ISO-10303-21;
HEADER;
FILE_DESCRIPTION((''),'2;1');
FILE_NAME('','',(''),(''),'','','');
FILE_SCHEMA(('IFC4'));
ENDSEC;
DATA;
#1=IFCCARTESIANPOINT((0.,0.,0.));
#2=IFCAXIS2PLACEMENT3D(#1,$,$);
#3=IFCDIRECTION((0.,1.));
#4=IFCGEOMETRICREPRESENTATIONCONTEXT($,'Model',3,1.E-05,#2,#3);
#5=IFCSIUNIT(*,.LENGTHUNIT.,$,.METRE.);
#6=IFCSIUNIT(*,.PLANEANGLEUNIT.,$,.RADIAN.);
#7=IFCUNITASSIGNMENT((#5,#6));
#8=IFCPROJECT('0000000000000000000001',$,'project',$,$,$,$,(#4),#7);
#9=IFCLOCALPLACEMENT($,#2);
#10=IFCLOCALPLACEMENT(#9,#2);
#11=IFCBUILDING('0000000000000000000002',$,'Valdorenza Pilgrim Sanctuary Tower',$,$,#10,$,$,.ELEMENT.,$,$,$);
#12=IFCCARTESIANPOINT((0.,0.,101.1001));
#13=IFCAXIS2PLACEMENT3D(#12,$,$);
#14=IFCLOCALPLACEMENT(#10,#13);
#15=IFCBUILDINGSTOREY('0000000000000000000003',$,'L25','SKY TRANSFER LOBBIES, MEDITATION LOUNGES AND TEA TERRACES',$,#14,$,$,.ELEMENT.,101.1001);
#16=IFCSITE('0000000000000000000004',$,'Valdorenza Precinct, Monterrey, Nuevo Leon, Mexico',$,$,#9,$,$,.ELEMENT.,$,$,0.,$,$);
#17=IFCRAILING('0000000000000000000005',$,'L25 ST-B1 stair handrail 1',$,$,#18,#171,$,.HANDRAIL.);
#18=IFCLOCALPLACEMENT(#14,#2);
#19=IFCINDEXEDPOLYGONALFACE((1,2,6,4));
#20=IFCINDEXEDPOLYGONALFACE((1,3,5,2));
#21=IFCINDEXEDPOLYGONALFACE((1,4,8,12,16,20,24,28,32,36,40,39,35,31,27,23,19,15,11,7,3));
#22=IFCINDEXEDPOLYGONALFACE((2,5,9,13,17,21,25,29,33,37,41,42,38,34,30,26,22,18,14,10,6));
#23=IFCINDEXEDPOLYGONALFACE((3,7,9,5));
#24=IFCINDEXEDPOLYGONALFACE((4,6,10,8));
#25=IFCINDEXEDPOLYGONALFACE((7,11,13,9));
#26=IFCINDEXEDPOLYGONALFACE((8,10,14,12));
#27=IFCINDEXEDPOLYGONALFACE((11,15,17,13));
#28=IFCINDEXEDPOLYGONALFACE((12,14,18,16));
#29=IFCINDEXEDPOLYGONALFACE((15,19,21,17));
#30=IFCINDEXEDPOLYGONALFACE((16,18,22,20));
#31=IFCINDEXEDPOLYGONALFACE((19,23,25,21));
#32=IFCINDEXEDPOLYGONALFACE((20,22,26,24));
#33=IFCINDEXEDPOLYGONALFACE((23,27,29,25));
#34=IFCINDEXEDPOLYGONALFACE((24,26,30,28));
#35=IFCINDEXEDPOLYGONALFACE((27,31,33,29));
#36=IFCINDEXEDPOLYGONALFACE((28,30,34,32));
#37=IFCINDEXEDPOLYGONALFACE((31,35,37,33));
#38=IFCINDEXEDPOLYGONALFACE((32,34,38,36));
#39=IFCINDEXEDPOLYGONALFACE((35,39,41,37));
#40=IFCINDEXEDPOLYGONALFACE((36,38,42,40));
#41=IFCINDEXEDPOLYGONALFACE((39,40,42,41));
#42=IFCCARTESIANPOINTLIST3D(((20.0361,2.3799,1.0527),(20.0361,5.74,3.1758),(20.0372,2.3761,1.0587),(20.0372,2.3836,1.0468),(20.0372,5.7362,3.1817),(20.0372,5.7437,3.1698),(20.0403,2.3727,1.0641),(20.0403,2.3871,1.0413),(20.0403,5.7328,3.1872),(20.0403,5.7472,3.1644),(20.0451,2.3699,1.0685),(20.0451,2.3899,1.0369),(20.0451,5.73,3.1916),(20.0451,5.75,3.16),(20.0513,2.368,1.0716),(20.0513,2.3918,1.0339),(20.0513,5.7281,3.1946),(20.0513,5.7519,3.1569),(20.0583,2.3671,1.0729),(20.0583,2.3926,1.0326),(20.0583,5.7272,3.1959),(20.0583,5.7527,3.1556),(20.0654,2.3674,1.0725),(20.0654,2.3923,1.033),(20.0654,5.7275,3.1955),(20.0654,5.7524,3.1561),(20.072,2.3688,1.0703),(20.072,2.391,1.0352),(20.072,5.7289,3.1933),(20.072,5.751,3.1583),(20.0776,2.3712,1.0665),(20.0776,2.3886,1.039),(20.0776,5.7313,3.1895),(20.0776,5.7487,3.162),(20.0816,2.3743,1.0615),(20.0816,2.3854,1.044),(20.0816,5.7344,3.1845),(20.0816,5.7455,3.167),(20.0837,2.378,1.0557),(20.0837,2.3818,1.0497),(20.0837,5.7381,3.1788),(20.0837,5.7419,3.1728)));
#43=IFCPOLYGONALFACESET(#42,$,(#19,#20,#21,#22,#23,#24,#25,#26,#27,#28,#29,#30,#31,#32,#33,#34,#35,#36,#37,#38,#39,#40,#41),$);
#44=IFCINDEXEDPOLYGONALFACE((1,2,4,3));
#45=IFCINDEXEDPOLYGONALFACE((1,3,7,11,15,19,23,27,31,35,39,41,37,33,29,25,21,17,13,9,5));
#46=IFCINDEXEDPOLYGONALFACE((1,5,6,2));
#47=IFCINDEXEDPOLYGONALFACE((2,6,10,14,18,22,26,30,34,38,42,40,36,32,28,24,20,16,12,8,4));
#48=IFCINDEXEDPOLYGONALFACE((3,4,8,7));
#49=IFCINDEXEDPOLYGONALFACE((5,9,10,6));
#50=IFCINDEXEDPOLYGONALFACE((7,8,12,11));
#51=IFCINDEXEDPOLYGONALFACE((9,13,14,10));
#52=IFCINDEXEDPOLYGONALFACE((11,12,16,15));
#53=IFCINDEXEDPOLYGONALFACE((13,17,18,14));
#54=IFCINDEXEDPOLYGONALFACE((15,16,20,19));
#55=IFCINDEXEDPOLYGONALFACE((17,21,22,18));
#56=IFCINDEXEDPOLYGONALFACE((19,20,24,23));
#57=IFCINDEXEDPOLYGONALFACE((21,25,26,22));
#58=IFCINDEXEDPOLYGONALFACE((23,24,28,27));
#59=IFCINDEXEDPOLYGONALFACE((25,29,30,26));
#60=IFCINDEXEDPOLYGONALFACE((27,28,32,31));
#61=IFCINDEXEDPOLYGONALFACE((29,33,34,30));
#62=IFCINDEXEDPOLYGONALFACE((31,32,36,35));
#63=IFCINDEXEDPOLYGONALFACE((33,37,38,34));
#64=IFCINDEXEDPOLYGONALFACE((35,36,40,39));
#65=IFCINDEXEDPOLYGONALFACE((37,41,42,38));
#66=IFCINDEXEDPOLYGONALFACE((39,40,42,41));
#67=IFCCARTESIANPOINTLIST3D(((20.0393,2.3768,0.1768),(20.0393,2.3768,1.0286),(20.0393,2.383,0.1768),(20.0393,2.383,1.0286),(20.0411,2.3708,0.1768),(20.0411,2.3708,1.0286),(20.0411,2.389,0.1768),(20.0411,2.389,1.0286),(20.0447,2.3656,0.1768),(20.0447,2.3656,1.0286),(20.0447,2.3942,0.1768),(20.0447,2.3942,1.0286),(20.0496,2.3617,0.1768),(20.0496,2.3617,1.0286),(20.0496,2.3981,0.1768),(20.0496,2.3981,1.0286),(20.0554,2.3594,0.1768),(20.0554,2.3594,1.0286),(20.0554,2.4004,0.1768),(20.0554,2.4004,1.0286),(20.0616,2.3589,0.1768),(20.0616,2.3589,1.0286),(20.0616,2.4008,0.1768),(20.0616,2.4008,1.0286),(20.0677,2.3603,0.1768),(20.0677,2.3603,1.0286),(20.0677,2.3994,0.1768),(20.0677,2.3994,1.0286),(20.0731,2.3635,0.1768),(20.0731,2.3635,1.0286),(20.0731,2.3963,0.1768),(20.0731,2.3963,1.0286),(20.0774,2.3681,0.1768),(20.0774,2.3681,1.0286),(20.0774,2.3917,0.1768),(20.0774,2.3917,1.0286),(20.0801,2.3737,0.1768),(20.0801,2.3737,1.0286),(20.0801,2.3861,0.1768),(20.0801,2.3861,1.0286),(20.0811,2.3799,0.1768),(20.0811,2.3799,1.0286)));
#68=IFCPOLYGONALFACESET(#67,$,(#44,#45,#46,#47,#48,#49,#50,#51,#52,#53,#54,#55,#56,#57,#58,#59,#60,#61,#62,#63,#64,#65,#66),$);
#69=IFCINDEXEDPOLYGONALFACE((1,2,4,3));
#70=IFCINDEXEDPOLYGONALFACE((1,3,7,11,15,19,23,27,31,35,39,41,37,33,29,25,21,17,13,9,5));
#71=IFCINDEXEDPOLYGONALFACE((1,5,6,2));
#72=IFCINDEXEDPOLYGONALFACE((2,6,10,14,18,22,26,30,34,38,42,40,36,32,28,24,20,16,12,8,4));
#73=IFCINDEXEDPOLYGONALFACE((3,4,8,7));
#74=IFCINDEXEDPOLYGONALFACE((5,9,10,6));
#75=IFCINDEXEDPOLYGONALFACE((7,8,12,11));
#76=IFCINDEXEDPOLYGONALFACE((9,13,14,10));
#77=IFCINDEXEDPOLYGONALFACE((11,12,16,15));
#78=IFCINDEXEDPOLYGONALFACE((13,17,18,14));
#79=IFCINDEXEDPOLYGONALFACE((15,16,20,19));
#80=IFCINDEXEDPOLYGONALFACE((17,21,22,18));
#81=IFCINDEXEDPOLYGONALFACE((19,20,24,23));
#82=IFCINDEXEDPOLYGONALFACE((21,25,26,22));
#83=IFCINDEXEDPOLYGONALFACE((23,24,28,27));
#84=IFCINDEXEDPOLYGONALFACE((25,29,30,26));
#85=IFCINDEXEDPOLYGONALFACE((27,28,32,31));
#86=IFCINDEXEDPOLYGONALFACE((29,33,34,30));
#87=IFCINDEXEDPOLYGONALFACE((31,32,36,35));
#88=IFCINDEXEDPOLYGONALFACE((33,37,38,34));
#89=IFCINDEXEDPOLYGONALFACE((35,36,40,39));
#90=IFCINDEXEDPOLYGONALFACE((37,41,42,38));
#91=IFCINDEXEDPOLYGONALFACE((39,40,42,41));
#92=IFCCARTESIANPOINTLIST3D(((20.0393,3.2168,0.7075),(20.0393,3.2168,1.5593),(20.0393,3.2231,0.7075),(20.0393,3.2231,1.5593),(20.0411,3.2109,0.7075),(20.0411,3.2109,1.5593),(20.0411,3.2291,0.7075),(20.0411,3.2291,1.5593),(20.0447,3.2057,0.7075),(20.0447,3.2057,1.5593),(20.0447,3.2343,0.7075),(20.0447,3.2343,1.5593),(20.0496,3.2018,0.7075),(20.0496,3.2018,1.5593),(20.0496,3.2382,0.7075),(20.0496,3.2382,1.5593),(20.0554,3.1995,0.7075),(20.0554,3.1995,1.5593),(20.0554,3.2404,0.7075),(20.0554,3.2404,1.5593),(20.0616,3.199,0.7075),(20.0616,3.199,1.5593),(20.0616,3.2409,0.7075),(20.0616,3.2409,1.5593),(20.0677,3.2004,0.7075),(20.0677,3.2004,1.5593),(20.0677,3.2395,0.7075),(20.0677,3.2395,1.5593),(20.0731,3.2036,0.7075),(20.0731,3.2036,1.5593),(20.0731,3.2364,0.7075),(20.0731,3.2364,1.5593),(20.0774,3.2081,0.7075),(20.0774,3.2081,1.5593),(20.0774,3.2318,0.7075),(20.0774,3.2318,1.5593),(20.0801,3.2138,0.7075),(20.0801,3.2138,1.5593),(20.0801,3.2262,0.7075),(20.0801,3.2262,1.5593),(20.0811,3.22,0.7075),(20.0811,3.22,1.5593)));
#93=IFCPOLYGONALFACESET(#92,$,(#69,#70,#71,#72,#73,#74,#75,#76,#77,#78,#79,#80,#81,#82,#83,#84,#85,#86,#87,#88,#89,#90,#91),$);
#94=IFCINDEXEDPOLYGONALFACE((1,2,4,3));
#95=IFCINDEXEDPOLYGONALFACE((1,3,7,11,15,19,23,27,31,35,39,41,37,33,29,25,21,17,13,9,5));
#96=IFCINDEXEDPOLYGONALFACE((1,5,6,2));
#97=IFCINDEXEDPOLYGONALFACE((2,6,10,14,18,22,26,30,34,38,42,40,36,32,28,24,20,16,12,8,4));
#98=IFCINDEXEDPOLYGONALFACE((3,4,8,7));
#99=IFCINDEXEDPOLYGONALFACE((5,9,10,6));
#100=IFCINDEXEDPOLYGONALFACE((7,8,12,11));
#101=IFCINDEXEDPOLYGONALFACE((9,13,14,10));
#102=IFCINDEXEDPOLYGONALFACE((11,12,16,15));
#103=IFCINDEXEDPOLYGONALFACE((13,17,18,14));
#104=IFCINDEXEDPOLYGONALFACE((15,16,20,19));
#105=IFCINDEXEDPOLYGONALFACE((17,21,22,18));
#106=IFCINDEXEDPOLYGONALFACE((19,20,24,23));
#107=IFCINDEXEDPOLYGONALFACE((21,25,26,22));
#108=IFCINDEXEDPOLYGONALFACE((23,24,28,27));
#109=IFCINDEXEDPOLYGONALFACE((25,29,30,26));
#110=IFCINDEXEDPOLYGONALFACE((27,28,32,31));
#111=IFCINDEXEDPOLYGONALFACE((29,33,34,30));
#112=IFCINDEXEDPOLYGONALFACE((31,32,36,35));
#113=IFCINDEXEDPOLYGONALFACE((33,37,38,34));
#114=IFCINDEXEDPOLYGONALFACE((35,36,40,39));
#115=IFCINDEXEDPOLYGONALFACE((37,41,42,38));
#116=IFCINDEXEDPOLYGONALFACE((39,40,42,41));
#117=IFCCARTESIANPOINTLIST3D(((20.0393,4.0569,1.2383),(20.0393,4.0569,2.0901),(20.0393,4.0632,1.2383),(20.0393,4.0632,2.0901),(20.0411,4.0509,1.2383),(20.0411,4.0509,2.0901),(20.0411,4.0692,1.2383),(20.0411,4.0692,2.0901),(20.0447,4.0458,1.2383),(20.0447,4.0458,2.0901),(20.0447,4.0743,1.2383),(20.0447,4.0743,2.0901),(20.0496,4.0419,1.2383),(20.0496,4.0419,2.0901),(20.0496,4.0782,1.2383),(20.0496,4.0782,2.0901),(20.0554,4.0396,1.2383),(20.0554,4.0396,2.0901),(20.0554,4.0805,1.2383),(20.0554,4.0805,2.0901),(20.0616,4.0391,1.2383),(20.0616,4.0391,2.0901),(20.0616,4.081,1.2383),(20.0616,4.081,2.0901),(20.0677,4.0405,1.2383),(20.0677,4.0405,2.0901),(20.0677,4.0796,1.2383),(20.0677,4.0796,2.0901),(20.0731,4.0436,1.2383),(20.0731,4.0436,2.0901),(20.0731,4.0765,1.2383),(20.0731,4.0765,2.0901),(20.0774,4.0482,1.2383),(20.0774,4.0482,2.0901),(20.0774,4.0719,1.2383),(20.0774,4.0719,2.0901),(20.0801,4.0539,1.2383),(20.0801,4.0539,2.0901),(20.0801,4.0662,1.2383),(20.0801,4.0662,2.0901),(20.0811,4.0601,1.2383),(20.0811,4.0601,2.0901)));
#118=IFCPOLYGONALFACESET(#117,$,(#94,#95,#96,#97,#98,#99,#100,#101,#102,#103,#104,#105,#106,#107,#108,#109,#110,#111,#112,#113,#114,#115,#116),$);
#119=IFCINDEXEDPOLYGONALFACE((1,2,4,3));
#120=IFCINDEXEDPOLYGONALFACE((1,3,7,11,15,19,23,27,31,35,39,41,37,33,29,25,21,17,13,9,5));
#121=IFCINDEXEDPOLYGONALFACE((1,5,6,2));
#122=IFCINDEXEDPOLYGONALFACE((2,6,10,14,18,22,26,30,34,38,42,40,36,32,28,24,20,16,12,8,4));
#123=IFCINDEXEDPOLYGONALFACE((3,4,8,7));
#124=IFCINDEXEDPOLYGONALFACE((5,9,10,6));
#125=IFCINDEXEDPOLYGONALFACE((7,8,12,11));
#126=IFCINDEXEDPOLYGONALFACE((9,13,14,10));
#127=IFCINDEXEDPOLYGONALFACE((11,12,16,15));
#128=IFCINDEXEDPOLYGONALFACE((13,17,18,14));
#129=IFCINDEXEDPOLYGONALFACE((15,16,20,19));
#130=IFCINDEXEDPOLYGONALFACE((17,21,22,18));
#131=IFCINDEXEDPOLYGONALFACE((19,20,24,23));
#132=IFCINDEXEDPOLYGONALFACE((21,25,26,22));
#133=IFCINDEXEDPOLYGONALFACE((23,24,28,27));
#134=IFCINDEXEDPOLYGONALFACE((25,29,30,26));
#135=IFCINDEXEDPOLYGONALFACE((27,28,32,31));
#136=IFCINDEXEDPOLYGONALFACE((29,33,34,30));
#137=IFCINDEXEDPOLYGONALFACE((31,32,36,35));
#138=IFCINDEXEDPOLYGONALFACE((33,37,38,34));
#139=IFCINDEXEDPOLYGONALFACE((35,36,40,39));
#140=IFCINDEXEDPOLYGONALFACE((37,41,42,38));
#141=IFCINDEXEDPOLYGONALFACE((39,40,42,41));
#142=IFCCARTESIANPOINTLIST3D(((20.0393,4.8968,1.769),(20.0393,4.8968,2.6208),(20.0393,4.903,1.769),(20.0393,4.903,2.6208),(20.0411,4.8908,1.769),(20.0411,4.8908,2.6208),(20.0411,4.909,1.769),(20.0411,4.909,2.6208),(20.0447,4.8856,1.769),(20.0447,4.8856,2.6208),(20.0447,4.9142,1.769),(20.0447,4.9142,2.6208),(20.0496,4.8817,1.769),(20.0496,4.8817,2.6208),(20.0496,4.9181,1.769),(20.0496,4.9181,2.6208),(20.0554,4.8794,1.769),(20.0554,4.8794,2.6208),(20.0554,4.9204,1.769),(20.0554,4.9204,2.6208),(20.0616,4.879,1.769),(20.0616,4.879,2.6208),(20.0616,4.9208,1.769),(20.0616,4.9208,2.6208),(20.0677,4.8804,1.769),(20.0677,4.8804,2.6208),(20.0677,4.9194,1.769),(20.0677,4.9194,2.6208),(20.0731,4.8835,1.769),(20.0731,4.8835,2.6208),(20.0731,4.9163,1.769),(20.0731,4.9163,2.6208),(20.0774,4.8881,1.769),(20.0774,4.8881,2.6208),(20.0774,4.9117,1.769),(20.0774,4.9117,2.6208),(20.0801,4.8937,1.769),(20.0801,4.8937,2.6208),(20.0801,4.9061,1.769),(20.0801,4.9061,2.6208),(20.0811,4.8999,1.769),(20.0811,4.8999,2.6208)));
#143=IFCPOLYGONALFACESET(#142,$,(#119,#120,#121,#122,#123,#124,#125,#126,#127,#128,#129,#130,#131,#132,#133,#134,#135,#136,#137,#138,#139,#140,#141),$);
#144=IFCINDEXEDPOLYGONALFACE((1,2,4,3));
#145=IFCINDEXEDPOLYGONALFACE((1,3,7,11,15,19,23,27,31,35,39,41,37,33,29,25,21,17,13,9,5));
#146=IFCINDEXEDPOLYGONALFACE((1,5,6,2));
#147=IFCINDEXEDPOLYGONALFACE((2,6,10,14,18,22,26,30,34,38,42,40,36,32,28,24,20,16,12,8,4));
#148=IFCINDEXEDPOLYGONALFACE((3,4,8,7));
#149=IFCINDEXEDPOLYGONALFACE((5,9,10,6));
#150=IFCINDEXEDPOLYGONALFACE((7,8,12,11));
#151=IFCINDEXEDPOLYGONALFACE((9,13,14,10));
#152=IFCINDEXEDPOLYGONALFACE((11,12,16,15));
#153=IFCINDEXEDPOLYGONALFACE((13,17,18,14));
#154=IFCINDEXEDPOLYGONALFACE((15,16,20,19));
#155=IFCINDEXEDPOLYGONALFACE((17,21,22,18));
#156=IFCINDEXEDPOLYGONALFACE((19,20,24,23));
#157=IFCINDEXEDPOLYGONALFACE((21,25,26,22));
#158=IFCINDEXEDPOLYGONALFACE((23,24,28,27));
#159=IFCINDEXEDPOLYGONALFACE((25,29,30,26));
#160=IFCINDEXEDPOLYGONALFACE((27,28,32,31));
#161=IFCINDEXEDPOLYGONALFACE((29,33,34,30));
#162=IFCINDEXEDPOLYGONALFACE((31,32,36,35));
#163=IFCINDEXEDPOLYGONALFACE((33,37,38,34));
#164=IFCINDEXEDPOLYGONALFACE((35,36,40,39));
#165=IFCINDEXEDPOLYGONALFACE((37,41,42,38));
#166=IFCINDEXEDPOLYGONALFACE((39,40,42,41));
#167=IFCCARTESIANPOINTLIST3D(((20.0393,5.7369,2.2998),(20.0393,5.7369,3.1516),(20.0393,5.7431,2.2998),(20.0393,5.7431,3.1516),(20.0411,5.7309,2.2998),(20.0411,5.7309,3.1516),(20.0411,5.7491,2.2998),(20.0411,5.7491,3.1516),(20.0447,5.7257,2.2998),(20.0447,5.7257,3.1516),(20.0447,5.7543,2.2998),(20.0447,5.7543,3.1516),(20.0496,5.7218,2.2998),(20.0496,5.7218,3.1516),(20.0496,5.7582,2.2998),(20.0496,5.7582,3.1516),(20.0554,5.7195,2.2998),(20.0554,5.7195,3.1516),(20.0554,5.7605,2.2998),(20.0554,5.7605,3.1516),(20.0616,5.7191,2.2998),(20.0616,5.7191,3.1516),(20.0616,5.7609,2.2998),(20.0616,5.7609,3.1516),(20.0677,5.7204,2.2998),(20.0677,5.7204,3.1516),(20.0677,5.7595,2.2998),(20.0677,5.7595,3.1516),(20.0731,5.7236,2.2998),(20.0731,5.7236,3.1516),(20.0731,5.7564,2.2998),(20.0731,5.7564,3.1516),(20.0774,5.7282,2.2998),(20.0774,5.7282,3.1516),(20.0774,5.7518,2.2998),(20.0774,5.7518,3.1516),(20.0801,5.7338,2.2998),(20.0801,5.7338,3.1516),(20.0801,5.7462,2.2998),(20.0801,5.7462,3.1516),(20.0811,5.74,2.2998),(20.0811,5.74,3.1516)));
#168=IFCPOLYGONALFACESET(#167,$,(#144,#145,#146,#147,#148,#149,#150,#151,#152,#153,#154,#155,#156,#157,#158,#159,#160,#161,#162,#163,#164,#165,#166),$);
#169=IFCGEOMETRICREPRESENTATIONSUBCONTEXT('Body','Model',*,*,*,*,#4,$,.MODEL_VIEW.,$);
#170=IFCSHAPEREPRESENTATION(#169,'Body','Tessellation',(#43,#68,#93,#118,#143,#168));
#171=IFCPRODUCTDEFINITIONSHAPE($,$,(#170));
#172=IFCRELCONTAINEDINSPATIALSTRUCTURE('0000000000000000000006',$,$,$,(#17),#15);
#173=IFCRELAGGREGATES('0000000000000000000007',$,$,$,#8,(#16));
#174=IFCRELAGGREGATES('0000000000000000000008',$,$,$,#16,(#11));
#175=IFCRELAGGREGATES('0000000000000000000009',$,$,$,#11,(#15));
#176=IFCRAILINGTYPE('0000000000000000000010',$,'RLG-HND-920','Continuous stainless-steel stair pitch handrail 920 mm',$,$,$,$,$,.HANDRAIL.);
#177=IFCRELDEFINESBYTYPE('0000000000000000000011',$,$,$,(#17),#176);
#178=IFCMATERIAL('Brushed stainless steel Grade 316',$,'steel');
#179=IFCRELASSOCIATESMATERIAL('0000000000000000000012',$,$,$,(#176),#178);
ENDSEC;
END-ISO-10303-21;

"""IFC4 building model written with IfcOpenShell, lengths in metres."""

from ifc_helpers import new_model, si_unit, direction, frame, origin, origin_2d, place, context, subcontext, project, spatial, circle, extrude, material, type_object, element, save


model = new_model("IFC4")

# Units and contexts
model_context = context("Model", 3, precision=1e-05, world=origin(), true_north=direction((0.0, 1.0)))
body_context = subcontext(model_context, "Body", "Model", "MODEL_VIEW")
ifc_project = project(units=[si_unit("LENGTHUNIT", "METRE"), si_unit("PLANEANGLEUNIT", "RADIAN")], contexts=[model_context])

# Site, building, storey
site_placement = place(None, origin())
site = spatial("IfcSite", under=ifc_project, at=site_placement, Name="Valdorenza Precinct, Monterrey, Nuevo Leon, Mexico", CompositionType="ELEMENT", RefElevation=0.0)
building_placement = place(site_placement, origin())
building = spatial("IfcBuilding", under=site, at=building_placement, Name="Valdorenza Pilgrim Sanctuary Tower", CompositionType="ELEMENT")
storey_placement = place(building_placement, frame((0.0, 0.0, 101.1001)))
storey = spatial("IfcBuildingStorey", under=building, at=storey_placement, Name="L25", Description="SKY TRANSFER LOBBIES, MEDITATION LOUNGES AND TEA TERRACES", CompositionType="ELEMENT", Elevation=101.1001)

# Shared definitions
ifc_material_1 = material(Name="Brushed stainless steel Grade 316", Category="steel")

# Railing
railing_type_1 = type_object("IfcRailingType", Name="RLG-HND-920", Description="Continuous stainless-steel stair pitch handrail 920 mm", PredefinedType="HANDRAIL", material=ifc_material_1)
railing_1_placement = place(storey_placement, frame((20.0601, 2.3799, 0.1768)))
element("IfcRailing", 1, at=railing_1_placement, inside=storey, type_object=railing_type_1, Name="L25 ST-B1 stair handrail 1", PredefinedType="HANDRAIL", context=body_context, shape_type="SweptSolid", body=[
    extrude(circle(Radius=0.0239, at=origin_2d()), frame((0.0, 0.0, 0.876), z_axis=(0.0, 0.84539, 0.53415), x_axis=(-1.0, 0.0, 0.0)), (0.0, 0.0, 1.0), 3.9746),
    extrude(circle(Radius=0.021, at=origin_2d()), origin(), (0.0, 0.0, 1.0), 0.8518),
    extrude(circle(Radius=0.021, at=origin_2d()), frame((0.0, 0.8401, 0.5308)), (0.0, 0.0, 1.0), 0.8518),
    extrude(circle(Radius=0.021, at=origin_2d()), frame((0.0, 1.6802, 1.0615)), (0.0, 0.0, 1.0), 0.8518),
    extrude(circle(Radius=0.021, at=origin_2d()), frame((0.0, 2.52, 1.5923)), (0.0, 0.0, 1.0), 0.8518),
    extrude(circle(Radius=0.021, at=origin_2d()), frame((0.0, 3.3601, 2.123)), (0.0, 0.0, 1.0), 0.8518),
])

save(model, "model.ifc")
